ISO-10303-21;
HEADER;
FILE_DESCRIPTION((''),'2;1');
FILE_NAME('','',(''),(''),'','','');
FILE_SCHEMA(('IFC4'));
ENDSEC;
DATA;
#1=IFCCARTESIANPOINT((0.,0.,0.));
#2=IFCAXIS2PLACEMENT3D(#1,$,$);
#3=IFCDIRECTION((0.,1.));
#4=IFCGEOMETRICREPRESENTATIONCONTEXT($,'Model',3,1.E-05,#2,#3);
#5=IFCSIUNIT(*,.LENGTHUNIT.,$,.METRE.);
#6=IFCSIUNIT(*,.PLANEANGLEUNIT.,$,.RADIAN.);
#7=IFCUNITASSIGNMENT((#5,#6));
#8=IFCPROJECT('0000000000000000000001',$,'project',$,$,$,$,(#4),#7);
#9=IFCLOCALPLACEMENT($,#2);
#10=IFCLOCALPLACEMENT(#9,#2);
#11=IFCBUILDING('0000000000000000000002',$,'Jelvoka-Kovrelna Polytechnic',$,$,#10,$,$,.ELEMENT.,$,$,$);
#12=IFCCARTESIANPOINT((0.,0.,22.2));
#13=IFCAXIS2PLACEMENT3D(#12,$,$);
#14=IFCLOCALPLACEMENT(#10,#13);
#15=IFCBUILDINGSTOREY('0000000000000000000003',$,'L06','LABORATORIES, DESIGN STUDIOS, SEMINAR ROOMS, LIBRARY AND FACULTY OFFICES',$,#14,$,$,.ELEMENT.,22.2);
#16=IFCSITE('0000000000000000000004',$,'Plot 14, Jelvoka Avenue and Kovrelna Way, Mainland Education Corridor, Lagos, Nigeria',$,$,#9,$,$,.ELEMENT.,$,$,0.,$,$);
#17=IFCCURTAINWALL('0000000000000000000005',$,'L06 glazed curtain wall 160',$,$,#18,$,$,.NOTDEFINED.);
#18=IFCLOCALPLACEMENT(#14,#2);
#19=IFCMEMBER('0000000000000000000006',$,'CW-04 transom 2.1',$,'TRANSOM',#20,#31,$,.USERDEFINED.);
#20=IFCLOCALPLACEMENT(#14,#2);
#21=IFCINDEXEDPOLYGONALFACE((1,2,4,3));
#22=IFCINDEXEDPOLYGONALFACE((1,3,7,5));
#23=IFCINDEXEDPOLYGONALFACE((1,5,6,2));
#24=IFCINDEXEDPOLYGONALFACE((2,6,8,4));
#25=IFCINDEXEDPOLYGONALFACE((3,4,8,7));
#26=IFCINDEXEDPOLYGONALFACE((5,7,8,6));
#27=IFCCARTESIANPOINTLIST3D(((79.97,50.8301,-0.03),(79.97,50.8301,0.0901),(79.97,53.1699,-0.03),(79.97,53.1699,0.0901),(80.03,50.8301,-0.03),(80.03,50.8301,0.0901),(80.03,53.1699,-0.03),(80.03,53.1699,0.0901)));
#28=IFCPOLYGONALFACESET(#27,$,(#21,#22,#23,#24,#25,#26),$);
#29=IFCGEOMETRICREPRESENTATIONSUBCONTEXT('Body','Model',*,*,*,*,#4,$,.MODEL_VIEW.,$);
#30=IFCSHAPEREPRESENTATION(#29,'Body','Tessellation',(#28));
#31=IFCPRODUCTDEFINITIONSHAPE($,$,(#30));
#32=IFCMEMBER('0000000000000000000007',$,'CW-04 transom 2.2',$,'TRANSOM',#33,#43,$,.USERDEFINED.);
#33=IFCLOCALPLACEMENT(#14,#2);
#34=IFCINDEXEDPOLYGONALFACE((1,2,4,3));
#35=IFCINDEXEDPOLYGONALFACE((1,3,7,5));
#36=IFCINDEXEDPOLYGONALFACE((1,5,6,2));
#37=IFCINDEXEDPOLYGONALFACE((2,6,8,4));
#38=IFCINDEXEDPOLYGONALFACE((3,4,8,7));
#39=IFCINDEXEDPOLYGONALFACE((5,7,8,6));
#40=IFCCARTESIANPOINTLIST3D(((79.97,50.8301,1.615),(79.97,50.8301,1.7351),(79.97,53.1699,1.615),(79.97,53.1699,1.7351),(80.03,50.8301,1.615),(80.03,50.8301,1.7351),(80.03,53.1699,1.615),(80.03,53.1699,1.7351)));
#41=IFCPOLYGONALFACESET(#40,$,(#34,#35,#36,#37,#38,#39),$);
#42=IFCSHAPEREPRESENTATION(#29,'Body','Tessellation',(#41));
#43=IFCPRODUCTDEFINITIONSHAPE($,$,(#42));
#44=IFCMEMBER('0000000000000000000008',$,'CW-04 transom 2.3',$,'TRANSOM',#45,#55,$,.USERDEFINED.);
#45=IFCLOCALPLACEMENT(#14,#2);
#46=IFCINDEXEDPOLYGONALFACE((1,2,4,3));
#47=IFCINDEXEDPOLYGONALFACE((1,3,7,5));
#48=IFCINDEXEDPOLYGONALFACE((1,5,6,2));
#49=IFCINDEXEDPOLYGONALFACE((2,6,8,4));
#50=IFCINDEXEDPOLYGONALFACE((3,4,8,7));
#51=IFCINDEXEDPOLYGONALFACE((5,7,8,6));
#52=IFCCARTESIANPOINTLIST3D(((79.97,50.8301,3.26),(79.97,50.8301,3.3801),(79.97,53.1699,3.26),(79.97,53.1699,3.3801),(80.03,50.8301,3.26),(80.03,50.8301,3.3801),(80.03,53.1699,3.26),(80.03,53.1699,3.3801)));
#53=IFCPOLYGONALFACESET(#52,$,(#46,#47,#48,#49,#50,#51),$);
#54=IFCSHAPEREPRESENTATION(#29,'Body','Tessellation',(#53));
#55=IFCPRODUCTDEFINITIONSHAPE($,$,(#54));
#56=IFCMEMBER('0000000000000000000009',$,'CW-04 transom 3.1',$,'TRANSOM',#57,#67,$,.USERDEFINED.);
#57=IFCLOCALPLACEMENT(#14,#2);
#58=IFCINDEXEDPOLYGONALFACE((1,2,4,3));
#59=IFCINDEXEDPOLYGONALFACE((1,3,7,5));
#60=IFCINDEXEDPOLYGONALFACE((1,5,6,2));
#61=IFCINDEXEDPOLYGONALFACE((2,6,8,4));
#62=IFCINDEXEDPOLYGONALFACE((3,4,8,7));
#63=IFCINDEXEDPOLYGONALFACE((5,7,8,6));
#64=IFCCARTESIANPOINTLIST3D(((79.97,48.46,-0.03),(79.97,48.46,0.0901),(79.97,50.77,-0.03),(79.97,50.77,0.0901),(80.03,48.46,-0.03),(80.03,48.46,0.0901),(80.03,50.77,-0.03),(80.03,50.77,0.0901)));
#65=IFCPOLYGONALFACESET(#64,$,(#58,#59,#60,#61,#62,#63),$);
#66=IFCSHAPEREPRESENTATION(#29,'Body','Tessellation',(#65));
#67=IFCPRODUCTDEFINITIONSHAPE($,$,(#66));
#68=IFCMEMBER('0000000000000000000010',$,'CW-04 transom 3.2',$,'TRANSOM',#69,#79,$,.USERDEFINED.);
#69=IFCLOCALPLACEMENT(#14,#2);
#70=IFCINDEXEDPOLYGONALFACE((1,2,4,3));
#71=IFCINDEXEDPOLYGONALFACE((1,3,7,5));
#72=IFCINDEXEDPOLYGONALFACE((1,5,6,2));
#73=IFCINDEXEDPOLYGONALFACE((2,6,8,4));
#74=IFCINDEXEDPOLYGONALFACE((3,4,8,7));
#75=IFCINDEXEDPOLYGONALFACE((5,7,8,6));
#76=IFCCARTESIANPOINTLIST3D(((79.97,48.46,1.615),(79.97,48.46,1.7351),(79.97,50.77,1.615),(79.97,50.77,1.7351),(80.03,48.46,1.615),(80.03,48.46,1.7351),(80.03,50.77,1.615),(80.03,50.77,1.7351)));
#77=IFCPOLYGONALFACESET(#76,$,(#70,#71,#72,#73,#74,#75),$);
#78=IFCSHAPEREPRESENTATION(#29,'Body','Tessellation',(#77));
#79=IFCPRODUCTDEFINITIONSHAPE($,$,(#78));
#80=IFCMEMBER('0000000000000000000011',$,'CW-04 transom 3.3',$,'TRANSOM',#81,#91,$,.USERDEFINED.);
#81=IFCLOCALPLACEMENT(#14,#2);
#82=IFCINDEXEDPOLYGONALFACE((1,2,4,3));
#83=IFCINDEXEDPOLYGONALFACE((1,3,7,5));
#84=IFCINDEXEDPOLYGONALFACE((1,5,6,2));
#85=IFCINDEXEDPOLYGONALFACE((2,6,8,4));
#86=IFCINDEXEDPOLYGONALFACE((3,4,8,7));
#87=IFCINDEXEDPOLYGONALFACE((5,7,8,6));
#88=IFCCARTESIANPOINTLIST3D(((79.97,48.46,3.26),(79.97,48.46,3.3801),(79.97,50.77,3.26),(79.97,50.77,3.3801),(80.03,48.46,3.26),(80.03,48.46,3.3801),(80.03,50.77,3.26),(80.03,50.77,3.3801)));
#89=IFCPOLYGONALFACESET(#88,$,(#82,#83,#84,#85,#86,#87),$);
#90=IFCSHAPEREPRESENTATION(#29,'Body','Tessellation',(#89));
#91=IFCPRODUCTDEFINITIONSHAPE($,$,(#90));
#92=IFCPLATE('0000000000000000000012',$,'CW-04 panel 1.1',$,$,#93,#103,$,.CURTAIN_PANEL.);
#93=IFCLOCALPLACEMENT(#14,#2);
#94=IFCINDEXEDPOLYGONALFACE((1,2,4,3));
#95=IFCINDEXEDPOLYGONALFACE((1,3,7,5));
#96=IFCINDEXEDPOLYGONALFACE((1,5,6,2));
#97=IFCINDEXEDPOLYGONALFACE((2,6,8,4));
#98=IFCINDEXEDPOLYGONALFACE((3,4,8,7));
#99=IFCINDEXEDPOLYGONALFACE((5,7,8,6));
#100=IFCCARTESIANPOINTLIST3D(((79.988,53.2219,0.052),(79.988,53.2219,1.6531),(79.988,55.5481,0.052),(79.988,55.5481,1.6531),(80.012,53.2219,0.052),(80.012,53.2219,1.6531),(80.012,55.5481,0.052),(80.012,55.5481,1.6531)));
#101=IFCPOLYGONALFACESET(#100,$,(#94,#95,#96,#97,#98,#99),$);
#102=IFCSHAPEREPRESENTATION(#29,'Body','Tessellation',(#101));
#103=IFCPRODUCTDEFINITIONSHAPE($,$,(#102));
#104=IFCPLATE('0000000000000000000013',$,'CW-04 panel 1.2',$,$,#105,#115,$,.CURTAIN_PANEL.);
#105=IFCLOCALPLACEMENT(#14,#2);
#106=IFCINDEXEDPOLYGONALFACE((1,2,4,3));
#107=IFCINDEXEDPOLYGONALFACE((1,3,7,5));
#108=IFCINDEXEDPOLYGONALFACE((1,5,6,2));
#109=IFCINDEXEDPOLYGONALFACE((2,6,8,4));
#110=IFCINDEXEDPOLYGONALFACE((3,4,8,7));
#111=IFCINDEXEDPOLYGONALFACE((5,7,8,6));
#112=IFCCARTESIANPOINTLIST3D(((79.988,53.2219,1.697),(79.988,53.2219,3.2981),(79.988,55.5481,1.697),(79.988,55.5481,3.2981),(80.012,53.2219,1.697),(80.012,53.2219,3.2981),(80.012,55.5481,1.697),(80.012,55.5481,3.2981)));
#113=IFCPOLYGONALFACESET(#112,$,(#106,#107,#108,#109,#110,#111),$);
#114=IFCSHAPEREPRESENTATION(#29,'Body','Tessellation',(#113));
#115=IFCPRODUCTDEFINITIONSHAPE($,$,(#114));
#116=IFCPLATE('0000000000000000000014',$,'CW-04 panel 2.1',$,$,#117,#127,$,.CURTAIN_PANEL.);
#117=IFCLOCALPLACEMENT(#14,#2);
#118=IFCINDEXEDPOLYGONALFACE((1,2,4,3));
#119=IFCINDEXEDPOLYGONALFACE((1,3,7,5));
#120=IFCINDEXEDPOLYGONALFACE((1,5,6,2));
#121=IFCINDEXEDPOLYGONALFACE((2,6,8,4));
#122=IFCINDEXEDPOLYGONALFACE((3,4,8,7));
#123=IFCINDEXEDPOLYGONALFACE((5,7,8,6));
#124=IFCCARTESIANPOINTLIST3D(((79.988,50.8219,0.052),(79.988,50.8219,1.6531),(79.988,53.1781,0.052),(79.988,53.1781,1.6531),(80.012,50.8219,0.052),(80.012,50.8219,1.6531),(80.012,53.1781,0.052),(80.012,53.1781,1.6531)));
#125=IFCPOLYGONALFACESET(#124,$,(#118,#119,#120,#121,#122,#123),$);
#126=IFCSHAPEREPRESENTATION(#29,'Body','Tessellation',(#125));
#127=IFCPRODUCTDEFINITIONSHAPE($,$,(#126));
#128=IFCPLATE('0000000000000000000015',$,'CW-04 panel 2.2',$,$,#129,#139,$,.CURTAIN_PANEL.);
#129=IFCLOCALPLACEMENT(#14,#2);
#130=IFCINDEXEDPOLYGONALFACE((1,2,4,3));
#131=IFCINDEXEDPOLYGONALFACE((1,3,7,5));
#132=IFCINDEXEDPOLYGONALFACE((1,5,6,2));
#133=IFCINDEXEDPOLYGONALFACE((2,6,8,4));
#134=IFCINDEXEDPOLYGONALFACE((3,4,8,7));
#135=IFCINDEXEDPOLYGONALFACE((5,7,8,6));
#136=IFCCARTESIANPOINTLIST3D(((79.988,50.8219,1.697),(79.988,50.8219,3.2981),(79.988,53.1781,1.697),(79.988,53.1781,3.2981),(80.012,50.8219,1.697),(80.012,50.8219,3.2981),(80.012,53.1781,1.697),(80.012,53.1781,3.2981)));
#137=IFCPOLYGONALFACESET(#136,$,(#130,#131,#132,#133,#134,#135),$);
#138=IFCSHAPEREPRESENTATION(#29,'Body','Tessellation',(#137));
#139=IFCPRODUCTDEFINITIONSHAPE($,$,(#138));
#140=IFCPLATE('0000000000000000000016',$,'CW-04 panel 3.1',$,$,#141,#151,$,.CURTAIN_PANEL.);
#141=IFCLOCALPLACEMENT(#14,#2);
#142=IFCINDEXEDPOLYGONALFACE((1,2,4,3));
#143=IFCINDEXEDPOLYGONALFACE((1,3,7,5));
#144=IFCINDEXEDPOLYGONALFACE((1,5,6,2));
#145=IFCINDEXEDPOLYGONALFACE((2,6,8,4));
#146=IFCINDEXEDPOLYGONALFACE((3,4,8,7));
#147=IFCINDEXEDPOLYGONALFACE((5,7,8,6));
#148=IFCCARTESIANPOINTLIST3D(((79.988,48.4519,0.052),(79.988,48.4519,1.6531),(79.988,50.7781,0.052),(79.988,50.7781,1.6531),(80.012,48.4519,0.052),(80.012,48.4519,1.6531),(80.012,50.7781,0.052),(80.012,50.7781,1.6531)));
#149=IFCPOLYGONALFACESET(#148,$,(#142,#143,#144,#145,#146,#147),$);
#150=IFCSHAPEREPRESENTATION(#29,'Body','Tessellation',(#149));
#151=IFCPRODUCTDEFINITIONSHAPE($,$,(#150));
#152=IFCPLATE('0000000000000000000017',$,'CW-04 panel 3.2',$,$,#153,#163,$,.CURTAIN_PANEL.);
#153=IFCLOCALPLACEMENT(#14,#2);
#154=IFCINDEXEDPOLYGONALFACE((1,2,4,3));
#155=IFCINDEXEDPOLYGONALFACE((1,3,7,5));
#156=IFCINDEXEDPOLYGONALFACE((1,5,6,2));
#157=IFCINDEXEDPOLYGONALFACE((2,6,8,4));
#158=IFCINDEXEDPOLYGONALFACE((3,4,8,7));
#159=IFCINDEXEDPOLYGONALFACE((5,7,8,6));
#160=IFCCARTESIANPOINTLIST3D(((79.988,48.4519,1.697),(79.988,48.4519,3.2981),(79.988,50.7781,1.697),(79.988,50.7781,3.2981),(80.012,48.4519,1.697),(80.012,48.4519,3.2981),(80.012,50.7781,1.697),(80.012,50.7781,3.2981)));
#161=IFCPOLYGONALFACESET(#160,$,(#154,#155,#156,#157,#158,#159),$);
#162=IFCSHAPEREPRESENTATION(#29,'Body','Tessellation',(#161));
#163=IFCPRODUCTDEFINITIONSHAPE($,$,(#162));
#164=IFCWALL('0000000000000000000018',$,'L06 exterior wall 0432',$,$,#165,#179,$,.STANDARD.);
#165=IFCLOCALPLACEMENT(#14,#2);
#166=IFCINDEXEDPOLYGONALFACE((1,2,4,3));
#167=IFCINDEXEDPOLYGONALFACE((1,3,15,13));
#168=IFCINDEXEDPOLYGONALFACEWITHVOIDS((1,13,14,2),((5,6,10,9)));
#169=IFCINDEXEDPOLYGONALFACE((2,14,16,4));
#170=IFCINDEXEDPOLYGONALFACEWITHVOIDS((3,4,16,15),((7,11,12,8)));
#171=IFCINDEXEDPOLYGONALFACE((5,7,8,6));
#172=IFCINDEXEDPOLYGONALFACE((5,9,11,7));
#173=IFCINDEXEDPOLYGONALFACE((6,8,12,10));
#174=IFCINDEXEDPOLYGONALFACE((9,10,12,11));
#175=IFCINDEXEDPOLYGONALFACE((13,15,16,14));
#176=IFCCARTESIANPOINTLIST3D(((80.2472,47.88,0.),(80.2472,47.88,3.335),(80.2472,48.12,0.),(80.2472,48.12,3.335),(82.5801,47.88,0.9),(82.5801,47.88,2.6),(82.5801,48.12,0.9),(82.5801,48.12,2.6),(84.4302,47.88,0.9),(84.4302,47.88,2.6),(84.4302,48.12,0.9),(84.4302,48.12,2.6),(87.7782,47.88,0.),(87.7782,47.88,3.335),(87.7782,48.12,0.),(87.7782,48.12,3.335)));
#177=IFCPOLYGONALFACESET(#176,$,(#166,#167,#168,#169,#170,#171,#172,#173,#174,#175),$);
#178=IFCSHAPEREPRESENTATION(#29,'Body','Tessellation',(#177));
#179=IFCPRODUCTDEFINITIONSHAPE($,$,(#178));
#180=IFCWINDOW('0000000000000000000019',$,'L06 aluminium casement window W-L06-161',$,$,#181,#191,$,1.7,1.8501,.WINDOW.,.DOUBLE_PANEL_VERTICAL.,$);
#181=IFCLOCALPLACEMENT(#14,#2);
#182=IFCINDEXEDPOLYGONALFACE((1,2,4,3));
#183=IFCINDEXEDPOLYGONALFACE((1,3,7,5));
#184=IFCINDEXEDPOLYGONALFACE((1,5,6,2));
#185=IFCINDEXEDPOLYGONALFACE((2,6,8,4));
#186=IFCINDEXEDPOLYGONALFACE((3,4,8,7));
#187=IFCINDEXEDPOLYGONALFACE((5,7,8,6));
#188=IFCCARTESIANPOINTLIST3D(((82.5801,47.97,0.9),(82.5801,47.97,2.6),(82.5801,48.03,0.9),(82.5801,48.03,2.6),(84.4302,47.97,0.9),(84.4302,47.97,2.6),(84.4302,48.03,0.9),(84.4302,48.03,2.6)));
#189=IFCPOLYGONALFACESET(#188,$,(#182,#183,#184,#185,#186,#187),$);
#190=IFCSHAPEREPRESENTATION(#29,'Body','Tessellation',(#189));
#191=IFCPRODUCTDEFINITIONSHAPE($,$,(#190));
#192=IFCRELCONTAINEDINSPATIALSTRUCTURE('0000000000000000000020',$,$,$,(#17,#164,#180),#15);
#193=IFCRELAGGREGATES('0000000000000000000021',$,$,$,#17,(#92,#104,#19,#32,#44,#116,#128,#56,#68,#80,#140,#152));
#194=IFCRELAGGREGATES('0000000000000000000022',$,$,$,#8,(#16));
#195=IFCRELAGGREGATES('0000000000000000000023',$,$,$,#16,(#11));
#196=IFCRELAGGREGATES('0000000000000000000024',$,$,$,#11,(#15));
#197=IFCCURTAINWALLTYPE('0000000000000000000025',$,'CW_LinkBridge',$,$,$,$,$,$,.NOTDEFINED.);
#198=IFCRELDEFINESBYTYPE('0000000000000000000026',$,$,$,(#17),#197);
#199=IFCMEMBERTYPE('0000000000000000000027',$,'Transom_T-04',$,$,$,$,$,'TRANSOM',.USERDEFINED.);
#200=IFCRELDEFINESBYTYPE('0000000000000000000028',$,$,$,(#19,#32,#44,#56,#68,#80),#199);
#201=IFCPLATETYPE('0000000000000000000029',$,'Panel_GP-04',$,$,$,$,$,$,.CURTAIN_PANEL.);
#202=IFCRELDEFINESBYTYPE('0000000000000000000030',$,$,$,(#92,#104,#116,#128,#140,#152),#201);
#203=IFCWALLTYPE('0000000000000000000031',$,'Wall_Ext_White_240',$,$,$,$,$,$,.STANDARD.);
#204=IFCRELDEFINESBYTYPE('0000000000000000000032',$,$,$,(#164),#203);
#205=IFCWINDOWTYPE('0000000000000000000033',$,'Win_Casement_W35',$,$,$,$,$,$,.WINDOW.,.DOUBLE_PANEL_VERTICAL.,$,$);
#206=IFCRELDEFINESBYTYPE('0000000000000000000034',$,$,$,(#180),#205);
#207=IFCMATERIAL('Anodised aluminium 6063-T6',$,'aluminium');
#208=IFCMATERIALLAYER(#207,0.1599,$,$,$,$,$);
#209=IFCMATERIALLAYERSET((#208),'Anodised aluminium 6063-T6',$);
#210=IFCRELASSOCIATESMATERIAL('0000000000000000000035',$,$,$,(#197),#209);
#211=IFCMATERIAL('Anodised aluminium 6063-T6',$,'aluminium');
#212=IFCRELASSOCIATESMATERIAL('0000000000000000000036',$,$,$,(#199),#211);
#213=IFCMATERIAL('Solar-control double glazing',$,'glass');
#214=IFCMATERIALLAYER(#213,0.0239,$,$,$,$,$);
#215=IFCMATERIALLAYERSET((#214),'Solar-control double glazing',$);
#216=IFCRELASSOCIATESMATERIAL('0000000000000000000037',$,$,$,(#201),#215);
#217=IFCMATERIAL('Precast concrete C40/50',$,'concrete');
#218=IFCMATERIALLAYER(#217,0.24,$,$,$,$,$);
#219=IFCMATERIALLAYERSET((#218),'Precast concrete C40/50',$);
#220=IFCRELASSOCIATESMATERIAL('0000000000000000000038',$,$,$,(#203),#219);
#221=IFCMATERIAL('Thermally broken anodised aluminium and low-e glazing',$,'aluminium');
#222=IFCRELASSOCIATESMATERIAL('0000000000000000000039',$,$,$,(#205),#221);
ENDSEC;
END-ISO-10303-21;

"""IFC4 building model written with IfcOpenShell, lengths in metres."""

from ifc_helpers import new_model, si_unit, direction, frame, frame_2d, origin, origin_2d, place, context, subcontext, project, spatial, rectangle, extrude, material, layer, layer_set, material_profile, profile_set, type_object, element, fill, aggregate, save


model = new_model("IFC4")

# Units and contexts
model_context = context("Model", 3, precision=1e-05, world=origin(), true_north=direction((0.0, 1.0)))
body_context = subcontext(model_context, "Body", "Model", "MODEL_VIEW")
ifc_project = project(units=[si_unit("LENGTHUNIT", "METRE"), si_unit("PLANEANGLEUNIT", "RADIAN")], contexts=[model_context])

# Site, building, storey
site_placement = place(None, origin())
site = spatial("IfcSite", under=ifc_project, at=site_placement, Name="Plot 14, Jelvoka Avenue and Kovrelna Way, Mainland Education Corridor, Lagos, Nigeria", CompositionType="ELEMENT", RefElevation=0.0)
building_placement = place(site_placement, origin())
building = spatial("IfcBuilding", under=site, at=building_placement, Name="Jelvoka-Kovrelna Polytechnic", CompositionType="ELEMENT")
storey_placement = place(building_placement, frame((0.0, 0.0, 22.2)))
storey = spatial("IfcBuildingStorey", under=building, at=storey_placement, Name="L06", Description="LABORATORIES, DESIGN STUDIOS, SEMINAR ROOMS, LIBRARY AND FACULTY OFFICES", CompositionType="ELEMENT", Elevation=22.2)

# Curtain wall
ifc_material_1 = material(Name="Anodised aluminium 6063-T6", Category="aluminium")
ifc_layer_1 = layer(ifc_material_1, 0.1599)
ifc_layer_set_1 = layer_set([ifc_layer_1], Name="Anodised aluminium 6063-T6")
curtain_wall_type = type_object("IfcCurtainWallType", Name="CW_LinkBridge", PredefinedType="NOTDEFINED", material=ifc_layer_set_1)
curtain_wall_placement = place(storey_placement, origin())
curtain_wall = element("IfcCurtainWall", 1, at=curtain_wall_placement, inside=storey, type_object=curtain_wall_type, Name="L06 glazed curtain wall 160", PredefinedType="NOTDEFINED")

# Members
ifc_material_2 = material(Name="Anodised aluminium 6063-T6", Category="aluminium")
ifc_material_profile_1 = material_profile(ifc_material_2, rectangle(XDim=0.0601, YDim=0.1201, at=origin_2d()), Name="ALU 60x120")
ifc_profile_set_1 = profile_set([ifc_material_profile_1], Name="Anodised aluminium 6063-T6")
member_type_1 = type_object("IfcMemberType", Name="Transom_T-04", ElementType="TRANSOM", PredefinedType="USERDEFINED", material=ifc_profile_set_1)
member_1_placement = place(storey_placement, frame((80.0, 53.1699, 0.03), z_axis=(0.0, -1.0, 0.0), x_axis=(1.0, 0.0, 0.0)))
member_1 = element("IfcMember", 2, at=member_1_placement, type_object=member_type_1, Name="CW-04 transom 2.1", ObjectType="TRANSOM", PredefinedType="USERDEFINED", context=body_context, shape_type="SweptSolid", body=[
    extrude(rectangle(XDim=0.0601, YDim=0.1201, at=origin_2d()), origin(), (0.0, 0.0, 1.0), 2.3398),
])
member_2_placement = place(storey_placement, frame((80.0, 53.1699, 1.675), z_axis=(0.0, -1.0, 0.0), x_axis=(1.0, 0.0, 0.0)))
member_2 = element("IfcMember", 3, at=member_2_placement, type_object=member_type_1, Name="CW-04 transom 2.2", ObjectType="TRANSOM", PredefinedType="USERDEFINED", context=body_context, shape_type="SweptSolid", body=[
    extrude(rectangle(XDim=0.0601, YDim=0.1201, at=origin_2d()), origin(), (0.0, 0.0, 1.0), 2.3398),
])
member_3_placement = place(storey_placement, frame((80.0, 53.1699, 3.3201), z_axis=(0.0, -1.0, 0.0), x_axis=(1.0, 0.0, 0.0)))
member_3 = element("IfcMember", 4, at=member_3_placement, type_object=member_type_1, Name="CW-04 transom 2.3", ObjectType="TRANSOM", PredefinedType="USERDEFINED", context=body_context, shape_type="SweptSolid", body=[
    extrude(rectangle(XDim=0.0601, YDim=0.1201, at=origin_2d()), origin(), (0.0, 0.0, 1.0), 2.3398),
])
member_4_placement = place(storey_placement, frame((80.0, 50.77, 0.03), z_axis=(0.0, -1.0, 0.0), x_axis=(1.0, 0.0, 0.0)))
member_4 = element("IfcMember", 5, at=member_4_placement, type_object=member_type_1, Name="CW-04 transom 3.1", ObjectType="TRANSOM", PredefinedType="USERDEFINED", context=body_context, shape_type="SweptSolid", body=[
    extrude(rectangle(XDim=0.0601, YDim=0.1201, at=origin_2d()), origin(), (0.0, 0.0, 1.0), 2.3101),
])
member_5_placement = place(storey_placement, frame((80.0, 50.77, 1.675), z_axis=(0.0, -1.0, 0.0), x_axis=(1.0, 0.0, 0.0)))
member_5 = element("IfcMember", 6, at=member_5_placement, type_object=member_type_1, Name="CW-04 transom 3.2", ObjectType="TRANSOM", PredefinedType="USERDEFINED", context=body_context, shape_type="SweptSolid", body=[
    extrude(rectangle(XDim=0.0601, YDim=0.1201, at=origin_2d()), origin(), (0.0, 0.0, 1.0), 2.3101),
])
member_6_placement = place(storey_placement, frame((80.0, 50.77, 3.3201), z_axis=(0.0, -1.0, 0.0), x_axis=(1.0, 0.0, 0.0)))
member_6 = element("IfcMember", 7, at=member_6_placement, type_object=member_type_1, Name="CW-04 transom 3.3", ObjectType="TRANSOM", PredefinedType="USERDEFINED", context=body_context, shape_type="SweptSolid", body=[
    extrude(rectangle(XDim=0.0601, YDim=0.1201, at=origin_2d()), origin(), (0.0, 0.0, 1.0), 2.3101),
])

# Plates
ifc_material_3 = material(Name="Solar-control double glazing", Category="glass")
ifc_layer_2 = layer(ifc_material_3, 0.0239)
ifc_layer_set_2 = layer_set([ifc_layer_2], Name="Solar-control double glazing")
plate_type = type_object("IfcPlateType", Name="Panel_GP-04", PredefinedType="CURTAIN_PANEL", material=ifc_layer_set_2)
plate_1_placement = place(storey_placement, frame((80.0, 54.385, 0.052), z_axis=(0.0, 0.0, 1.0), x_axis=(0.0, -1.0, 0.0)))
plate_1 = element("IfcPlate", 8, at=plate_1_placement, type_object=plate_type, Name="CW-04 panel 1.1", PredefinedType="CURTAIN_PANEL", context=body_context, shape_type="SweptSolid", body=[
    extrude(rectangle(XDim=2.3262, YDim=0.0239, at=origin_2d()), origin(), (0.0, 0.0, 1.0), 1.6011),
])
plate_2_placement = place(storey_placement, frame((80.0, 54.385, 1.697), z_axis=(0.0, 0.0, 1.0), x_axis=(0.0, -1.0, 0.0)))
plate_2 = element("IfcPlate", 9, at=plate_2_placement, type_object=plate_type, Name="CW-04 panel 1.2", PredefinedType="CURTAIN_PANEL", context=body_context, shape_type="SweptSolid", body=[
    extrude(rectangle(XDim=2.3262, YDim=0.0239, at=origin_2d()), origin(), (0.0, 0.0, 1.0), 1.6011),
])
plate_3_placement = place(storey_placement, frame((80.0, 52.0, 0.052), z_axis=(0.0, 0.0, 1.0), x_axis=(0.0, -1.0, 0.0)))
plate_3 = element("IfcPlate", 10, at=plate_3_placement, type_object=plate_type, Name="CW-04 panel 2.1", PredefinedType="CURTAIN_PANEL", context=body_context, shape_type="SweptSolid", body=[
    extrude(rectangle(XDim=2.3562, YDim=0.0239, at=origin_2d()), origin(), (0.0, 0.0, 1.0), 1.6011),
])
plate_4_placement = place(storey_placement, frame((80.0, 52.0, 1.697), z_axis=(0.0, 0.0, 1.0), x_axis=(0.0, -1.0, 0.0)))
plate_4 = element("IfcPlate", 11, at=plate_4_placement, type_object=plate_type, Name="CW-04 panel 2.2", PredefinedType="CURTAIN_PANEL", context=body_context, shape_type="SweptSolid", body=[
    extrude(rectangle(XDim=2.3562, YDim=0.0239, at=origin_2d()), origin(), (0.0, 0.0, 1.0), 1.6011),
])
plate_5_placement = place(storey_placement, frame((80.0, 49.615, 0.052), z_axis=(0.0, 0.0, 1.0), x_axis=(0.0, -1.0, 0.0)))
plate_5 = element("IfcPlate", 12, at=plate_5_placement, type_object=plate_type, Name="CW-04 panel 3.1", PredefinedType="CURTAIN_PANEL", context=body_context, shape_type="SweptSolid", body=[
    extrude(rectangle(XDim=2.3262, YDim=0.0239, at=origin_2d()), origin(), (0.0, 0.0, 1.0), 1.6011),
])
plate_6_placement = place(storey_placement, frame((80.0, 49.615, 1.697), z_axis=(0.0, 0.0, 1.0), x_axis=(0.0, -1.0, 0.0)))
plate_6 = element("IfcPlate", 13, at=plate_6_placement, type_object=plate_type, Name="CW-04 panel 3.2", PredefinedType="CURTAIN_PANEL", context=body_context, shape_type="SweptSolid", body=[
    extrude(rectangle(XDim=2.3262, YDim=0.0239, at=origin_2d()), origin(), (0.0, 0.0, 1.0), 1.6011),
])
aggregate(curtain_wall, [plate_1, plate_2, member_1, member_2, member_3, plate_3, plate_4, member_4, member_5, member_6, plate_5, plate_6])

# Wall, opening, window
ifc_material_4 = material(Name="Precast concrete C40/50", Category="concrete")
ifc_layer_3 = layer(ifc_material_4, 0.24)
ifc_layer_set_3 = layer_set([ifc_layer_3], Name="Precast concrete C40/50")
wall_type = type_object("IfcWallType", Name="Wall_Ext_White_240", PredefinedType="STANDARD", material=ifc_layer_set_3)
wall_placement = place(storey_placement, frame((80.2471, 48.0, 0.0), z_axis=(0.0, 0.0, 1.0), x_axis=(1.0, 0.0, 0.0)))
wall = element("IfcWall", 14, at=wall_placement, inside=storey, type_object=wall_type, Name="L06 exterior wall 0432", PredefinedType="STANDARD", context=body_context, shape_type="SweptSolid", body=[
    extrude(rectangle(XDim=7.531, YDim=0.24, at=frame_2d((3.7656, 0.0))), origin(), (0.0, 0.0, 1.0), 3.335),
])
opening_placement = place(wall_placement, frame((2.333, 0.0, 0.8999)))
opening = element("IfcOpeningElement", 15, at=opening_placement, cuts=wall, PredefinedType="OPENING", context=body_context, shape_type="SweptSolid", body=[
    extrude(rectangle(XDim=1.8501, YDim=1.7, at=frame_2d((0.925, 0.8501))), frame((0.0, 0.1301, 0.0), z_axis=(0.0, -1.0, 0.0), x_axis=(1.0, 0.0, 0.0)), (0.0, 0.0, 1.0), 0.26),
])
ifc_material_5 = material(Name="Thermally broken anodised aluminium and low-e glazing", Category="aluminium")
window_type = type_object("IfcWindowType", Name="Win_Casement_W35", PartitioningType="DOUBLE_PANEL_VERTICAL", PredefinedType="WINDOW", material=ifc_material_5)
window_placement = place(opening_placement, origin())
window = element("IfcWindow", 16, at=window_placement, inside=storey, type_object=window_type, Name="L06 aluminium casement window W-L06-161", OverallHeight=1.7, OverallWidth=1.8501, PartitioningType="DOUBLE_PANEL_VERTICAL", PredefinedType="WINDOW", context=body_context, shape_type="SweptSolid", body=[
    extrude(rectangle(XDim=1.8501, YDim=1.7, at=frame_2d((0.925, 0.8501))), frame((0.0, 0.03, 0.0), z_axis=(0.0, -1.0, 0.0), x_axis=(1.0, 0.0, 0.0)), (0.0, 0.0, 1.0), 0.0601),
])
fill(opening, window)

save(model, "model.ifc")
